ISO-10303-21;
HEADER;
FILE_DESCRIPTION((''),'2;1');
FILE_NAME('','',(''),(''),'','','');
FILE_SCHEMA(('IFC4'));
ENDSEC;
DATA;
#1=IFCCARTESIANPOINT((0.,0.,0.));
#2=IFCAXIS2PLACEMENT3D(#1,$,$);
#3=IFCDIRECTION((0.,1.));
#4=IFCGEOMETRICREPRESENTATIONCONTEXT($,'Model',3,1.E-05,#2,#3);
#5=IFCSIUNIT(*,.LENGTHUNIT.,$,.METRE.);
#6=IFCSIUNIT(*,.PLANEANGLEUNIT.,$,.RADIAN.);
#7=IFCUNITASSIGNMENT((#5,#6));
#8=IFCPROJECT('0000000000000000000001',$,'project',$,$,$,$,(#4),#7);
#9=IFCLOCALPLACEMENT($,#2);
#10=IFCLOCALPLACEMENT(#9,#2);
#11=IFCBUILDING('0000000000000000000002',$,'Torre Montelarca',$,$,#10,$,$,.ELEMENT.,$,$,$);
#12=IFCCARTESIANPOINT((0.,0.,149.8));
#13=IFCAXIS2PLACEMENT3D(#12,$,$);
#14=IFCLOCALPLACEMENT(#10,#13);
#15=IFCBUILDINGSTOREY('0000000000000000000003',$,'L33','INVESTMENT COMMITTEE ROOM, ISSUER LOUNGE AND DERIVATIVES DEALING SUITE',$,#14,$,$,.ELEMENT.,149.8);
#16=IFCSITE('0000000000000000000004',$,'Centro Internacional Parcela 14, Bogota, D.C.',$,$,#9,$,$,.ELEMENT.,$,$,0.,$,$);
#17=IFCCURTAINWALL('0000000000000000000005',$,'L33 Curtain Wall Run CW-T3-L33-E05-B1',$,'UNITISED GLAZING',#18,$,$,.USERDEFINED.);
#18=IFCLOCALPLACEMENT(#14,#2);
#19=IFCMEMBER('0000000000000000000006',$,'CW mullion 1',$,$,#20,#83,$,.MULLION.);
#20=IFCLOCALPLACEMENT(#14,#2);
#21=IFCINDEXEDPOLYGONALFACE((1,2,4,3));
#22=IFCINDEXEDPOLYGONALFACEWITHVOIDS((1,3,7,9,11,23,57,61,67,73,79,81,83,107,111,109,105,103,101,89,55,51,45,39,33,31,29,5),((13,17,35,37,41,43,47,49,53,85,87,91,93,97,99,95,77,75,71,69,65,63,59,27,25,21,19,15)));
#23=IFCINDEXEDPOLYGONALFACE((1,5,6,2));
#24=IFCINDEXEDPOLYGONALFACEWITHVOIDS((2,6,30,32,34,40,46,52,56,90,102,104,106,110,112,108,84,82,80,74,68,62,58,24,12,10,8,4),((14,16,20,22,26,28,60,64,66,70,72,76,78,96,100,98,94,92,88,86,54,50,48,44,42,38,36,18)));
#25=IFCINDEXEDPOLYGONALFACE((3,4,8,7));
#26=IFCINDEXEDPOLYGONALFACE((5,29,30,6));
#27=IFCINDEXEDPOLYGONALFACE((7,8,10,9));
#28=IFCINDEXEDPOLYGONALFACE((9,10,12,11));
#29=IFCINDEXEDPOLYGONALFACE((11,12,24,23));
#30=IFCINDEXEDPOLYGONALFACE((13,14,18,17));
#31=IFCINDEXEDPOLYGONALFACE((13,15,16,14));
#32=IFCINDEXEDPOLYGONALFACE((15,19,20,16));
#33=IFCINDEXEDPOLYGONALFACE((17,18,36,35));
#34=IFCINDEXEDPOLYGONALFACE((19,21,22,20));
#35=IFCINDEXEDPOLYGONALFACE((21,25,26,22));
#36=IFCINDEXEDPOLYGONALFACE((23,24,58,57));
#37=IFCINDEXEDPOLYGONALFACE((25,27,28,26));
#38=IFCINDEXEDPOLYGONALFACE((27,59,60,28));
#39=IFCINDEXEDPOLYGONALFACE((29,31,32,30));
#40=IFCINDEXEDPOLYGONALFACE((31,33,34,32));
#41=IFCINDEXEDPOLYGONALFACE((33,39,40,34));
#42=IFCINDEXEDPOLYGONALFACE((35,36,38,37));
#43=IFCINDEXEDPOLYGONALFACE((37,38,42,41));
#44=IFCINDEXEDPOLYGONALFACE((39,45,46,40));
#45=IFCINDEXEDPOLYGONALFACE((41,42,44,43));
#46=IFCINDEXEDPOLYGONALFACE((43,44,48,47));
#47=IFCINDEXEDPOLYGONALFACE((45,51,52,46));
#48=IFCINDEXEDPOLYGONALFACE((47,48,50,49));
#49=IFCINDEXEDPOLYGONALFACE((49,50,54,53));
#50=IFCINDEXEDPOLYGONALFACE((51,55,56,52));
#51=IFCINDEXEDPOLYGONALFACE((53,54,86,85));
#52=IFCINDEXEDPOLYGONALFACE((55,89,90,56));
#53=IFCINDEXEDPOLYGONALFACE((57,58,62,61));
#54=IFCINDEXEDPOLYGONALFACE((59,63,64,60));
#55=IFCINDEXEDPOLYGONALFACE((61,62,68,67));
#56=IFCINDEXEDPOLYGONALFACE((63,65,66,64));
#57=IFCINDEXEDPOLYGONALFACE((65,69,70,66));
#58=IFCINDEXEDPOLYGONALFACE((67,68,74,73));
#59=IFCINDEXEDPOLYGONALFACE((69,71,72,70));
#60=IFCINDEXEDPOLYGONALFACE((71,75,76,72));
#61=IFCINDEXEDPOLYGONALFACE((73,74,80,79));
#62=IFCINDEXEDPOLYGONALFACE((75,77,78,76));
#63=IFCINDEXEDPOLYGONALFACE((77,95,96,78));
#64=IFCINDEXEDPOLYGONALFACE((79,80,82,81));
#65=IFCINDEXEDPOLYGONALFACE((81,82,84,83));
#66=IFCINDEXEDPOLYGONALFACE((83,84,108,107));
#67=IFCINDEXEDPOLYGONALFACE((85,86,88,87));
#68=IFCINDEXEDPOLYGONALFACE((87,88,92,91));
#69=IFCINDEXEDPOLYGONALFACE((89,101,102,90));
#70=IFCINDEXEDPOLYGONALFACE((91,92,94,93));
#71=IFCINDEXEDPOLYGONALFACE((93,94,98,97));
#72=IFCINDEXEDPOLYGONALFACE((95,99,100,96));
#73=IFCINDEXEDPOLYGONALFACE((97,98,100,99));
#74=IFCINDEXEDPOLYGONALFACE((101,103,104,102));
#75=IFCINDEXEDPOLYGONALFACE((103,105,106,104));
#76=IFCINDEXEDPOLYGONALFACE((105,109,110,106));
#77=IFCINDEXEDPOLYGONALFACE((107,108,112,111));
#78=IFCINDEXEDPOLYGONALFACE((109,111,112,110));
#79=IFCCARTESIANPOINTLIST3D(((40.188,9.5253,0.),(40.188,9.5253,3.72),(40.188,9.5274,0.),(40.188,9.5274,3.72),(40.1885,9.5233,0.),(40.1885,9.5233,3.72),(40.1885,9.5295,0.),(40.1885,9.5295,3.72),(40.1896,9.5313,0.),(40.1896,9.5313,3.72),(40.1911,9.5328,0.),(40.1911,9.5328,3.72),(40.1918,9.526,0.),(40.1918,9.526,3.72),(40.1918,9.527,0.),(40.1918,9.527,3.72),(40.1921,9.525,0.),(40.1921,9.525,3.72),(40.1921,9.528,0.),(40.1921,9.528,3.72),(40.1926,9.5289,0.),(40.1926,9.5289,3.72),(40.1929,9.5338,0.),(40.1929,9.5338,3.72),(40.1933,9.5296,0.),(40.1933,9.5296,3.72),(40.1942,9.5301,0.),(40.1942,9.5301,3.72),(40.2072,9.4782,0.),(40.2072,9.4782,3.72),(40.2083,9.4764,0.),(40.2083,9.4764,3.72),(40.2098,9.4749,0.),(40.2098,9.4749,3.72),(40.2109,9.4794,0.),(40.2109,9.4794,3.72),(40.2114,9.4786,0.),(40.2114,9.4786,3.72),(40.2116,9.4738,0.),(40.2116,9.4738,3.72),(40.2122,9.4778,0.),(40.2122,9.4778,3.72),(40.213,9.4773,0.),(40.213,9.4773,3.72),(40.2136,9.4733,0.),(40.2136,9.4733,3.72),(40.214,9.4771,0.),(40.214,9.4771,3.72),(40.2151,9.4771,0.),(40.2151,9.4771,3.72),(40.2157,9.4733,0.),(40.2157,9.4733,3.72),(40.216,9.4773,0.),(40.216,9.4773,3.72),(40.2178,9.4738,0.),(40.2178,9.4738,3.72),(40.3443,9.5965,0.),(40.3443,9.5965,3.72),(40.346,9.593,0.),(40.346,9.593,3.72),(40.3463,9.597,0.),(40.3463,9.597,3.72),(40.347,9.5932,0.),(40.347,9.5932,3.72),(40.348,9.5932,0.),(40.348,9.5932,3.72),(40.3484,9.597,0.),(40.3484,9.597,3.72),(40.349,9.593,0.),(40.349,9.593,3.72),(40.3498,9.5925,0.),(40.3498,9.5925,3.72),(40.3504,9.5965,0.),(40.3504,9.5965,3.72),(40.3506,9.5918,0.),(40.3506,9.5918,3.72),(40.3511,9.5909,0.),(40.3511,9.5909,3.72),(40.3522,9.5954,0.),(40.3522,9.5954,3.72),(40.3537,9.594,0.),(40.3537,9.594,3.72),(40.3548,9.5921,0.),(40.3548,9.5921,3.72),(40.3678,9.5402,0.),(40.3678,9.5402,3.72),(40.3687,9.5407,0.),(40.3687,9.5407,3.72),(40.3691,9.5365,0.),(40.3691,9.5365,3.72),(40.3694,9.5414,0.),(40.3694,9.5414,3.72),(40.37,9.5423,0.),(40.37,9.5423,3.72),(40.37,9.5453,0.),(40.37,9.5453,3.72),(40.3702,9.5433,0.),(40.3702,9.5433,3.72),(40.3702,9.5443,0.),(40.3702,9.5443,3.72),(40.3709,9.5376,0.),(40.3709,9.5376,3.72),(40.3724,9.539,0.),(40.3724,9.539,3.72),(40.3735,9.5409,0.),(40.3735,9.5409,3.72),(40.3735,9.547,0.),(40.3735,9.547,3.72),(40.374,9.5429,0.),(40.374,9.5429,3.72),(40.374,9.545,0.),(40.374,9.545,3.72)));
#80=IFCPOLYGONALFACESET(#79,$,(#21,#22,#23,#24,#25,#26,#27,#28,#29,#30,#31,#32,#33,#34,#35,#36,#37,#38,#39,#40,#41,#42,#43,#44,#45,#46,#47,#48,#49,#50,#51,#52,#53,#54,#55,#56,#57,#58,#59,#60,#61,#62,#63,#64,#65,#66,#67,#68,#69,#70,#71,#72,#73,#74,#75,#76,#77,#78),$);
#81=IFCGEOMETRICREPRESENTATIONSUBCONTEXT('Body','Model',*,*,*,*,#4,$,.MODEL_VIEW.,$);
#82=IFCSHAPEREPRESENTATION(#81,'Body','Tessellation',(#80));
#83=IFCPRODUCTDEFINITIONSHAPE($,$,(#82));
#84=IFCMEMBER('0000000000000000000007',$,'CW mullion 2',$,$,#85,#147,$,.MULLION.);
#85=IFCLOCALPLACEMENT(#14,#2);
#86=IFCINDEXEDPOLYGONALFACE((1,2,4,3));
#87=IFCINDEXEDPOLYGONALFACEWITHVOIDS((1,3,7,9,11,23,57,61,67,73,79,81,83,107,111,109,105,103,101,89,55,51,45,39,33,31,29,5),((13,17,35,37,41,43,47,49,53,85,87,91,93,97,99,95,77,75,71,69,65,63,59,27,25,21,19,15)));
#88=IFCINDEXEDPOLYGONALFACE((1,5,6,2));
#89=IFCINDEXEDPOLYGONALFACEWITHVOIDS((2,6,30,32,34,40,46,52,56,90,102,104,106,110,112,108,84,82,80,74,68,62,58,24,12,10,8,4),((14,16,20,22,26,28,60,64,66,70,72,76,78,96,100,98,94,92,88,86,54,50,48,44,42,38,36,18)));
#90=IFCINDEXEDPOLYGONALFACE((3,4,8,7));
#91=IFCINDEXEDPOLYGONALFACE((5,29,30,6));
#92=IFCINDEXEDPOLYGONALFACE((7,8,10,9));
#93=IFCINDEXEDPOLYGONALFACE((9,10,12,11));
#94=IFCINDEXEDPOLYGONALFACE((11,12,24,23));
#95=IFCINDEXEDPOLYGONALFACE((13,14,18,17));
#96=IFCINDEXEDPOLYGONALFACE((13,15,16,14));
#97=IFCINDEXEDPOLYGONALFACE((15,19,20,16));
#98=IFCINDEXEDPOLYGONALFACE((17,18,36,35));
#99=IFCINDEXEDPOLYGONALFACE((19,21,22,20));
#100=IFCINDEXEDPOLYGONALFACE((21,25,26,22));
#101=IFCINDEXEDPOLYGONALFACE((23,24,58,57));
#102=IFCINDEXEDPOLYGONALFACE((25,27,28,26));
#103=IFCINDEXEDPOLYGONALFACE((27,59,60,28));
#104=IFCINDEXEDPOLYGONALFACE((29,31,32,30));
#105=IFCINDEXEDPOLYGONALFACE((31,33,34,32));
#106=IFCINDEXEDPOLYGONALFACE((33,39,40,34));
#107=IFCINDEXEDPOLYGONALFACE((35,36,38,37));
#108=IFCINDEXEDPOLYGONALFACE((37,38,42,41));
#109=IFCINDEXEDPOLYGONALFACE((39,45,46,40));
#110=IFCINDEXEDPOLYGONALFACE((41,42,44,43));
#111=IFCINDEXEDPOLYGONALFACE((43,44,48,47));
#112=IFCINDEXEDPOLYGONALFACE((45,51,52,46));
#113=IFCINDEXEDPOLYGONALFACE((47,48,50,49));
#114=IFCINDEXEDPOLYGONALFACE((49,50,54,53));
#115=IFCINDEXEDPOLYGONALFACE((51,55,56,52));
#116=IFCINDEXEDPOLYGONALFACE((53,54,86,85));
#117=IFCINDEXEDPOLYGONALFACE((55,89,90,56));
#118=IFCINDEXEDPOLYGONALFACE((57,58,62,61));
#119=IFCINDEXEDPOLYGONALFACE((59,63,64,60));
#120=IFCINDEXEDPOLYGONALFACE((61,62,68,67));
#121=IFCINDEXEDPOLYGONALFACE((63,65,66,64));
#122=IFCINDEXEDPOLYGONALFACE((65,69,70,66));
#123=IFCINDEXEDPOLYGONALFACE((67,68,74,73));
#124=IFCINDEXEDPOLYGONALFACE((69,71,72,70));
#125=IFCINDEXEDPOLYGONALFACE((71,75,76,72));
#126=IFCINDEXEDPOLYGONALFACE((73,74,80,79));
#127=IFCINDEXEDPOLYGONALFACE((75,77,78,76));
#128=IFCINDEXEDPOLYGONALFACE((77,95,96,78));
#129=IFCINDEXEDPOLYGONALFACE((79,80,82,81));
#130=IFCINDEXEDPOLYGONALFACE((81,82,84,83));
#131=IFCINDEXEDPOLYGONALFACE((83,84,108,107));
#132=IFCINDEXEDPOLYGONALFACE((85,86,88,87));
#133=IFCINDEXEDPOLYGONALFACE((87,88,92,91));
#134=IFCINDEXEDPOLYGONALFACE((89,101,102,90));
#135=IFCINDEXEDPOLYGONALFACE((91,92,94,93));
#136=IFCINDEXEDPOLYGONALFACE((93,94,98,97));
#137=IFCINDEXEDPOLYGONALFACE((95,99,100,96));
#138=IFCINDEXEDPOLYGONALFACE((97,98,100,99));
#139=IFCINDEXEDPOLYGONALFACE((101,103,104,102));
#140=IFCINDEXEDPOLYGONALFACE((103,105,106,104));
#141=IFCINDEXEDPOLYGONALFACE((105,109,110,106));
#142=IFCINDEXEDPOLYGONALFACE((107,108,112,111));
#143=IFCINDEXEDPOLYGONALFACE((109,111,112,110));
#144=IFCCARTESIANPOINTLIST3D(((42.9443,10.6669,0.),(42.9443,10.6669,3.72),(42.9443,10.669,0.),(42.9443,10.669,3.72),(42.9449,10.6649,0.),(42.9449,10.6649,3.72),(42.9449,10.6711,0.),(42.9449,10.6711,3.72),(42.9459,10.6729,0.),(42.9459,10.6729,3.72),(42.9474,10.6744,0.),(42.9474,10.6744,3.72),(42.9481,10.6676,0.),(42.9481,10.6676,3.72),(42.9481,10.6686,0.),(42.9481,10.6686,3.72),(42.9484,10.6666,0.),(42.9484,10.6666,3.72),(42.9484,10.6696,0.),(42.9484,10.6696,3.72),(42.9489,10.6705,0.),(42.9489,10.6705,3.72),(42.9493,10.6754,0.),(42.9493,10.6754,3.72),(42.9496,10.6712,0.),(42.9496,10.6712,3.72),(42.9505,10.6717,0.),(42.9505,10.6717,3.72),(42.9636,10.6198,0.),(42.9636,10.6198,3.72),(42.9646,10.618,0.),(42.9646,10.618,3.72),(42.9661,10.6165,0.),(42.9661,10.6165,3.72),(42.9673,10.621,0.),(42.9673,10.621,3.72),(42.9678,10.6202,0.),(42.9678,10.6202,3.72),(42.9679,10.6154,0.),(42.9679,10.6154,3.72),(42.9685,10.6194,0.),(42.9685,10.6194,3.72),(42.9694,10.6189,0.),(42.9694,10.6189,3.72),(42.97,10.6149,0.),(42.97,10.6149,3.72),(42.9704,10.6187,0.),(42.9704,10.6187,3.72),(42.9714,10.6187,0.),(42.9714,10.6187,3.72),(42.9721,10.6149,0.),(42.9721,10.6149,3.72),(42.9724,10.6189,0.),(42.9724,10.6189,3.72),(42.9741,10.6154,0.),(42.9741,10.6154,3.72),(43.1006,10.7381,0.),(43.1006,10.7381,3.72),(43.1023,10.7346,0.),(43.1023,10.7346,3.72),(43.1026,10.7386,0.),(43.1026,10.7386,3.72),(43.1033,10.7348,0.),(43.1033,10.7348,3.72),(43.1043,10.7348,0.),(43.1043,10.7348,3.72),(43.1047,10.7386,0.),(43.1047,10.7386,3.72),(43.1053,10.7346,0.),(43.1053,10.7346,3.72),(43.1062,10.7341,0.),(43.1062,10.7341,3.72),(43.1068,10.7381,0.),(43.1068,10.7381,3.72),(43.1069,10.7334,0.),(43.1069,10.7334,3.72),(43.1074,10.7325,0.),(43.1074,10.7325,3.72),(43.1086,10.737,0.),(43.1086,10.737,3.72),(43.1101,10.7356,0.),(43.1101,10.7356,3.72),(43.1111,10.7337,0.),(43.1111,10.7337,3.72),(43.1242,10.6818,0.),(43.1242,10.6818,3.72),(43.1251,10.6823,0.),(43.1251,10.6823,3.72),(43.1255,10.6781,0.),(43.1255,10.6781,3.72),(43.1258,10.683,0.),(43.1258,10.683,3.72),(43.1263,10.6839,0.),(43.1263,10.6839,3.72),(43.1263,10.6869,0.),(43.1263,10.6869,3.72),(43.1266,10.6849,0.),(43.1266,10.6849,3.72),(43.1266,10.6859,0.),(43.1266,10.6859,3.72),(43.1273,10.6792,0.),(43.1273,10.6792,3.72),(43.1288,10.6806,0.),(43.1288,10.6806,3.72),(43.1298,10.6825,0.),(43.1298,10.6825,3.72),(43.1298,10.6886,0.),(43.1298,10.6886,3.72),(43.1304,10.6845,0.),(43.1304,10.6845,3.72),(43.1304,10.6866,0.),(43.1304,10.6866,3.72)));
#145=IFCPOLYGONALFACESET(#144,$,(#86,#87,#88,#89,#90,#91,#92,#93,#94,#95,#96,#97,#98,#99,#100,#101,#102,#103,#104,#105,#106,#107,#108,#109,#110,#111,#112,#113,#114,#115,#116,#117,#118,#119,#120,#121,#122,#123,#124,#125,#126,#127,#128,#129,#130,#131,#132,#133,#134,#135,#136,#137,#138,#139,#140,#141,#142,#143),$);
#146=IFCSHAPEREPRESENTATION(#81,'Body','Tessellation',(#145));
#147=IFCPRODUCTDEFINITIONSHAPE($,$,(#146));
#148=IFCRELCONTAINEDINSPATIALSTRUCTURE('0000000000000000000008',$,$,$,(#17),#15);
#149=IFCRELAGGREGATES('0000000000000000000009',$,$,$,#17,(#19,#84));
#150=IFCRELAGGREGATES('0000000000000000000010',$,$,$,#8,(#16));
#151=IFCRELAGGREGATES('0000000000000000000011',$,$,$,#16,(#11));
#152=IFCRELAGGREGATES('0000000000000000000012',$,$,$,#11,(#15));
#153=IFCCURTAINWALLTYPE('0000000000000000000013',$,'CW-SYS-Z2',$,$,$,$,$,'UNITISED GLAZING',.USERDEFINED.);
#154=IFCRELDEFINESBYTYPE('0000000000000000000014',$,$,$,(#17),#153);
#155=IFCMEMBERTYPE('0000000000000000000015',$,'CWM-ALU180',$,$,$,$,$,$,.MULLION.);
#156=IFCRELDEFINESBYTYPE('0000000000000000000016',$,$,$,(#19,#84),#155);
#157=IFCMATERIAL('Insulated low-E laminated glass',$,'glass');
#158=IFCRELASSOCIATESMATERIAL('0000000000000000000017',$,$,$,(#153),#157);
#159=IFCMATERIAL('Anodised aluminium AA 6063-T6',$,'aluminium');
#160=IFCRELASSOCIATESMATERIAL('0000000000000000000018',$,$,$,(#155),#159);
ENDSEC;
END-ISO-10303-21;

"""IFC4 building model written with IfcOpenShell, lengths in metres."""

from ifc_helpers import new_model, si_unit, direction, frame, origin, origin_2d, place, context, subcontext, project, spatial, hollow_rectangle, extrude, source, transform, mapped, material, material_profile, profile_set, type_object, element, aggregate, save


model = new_model("IFC4")

# Units and contexts
model_context = context("Model", 3, precision=1e-05, world=origin(), true_north=direction((0.0, 1.0)))
body_context = subcontext(model_context, "Body", "Model", "MODEL_VIEW")
ifc_project = project(units=[si_unit("LENGTHUNIT", "METRE"), si_unit("PLANEANGLEUNIT", "RADIAN")], contexts=[model_context])

# Site, building, storey
site_placement = place(None, origin())
site = spatial("IfcSite", under=ifc_project, at=site_placement, Name="Centro Internacional Parcela 14, Bogota, D.C.", CompositionType="ELEMENT", RefElevation=0.0)
building_placement = place(site_placement, origin())
building = spatial("IfcBuilding", under=site, at=building_placement, Name="Torre Montelarca", CompositionType="ELEMENT")
storey_placement = place(building_placement, frame((0.0, 0.0, 149.8)))
storey = spatial("IfcBuildingStorey", under=building, at=storey_placement, Name="L33", Description="INVESTMENT COMMITTEE ROOM, ISSUER LOUNGE AND DERIVATIVES DEALING SUITE", CompositionType="ELEMENT", Elevation=149.8)

# Curtain wall
ifc_material_1 = material(Name="Insulated low-E laminated glass", Category="glass")
curtain_wall_type = type_object("IfcCurtainWallType", Name="CW-SYS-Z2", ElementType="UNITISED GLAZING", PredefinedType="USERDEFINED", material=ifc_material_1)
curtain_wall_1_placement = place(storey_placement, origin())
curtain_wall_1 = element("IfcCurtainWall", 1, at=curtain_wall_1_placement, inside=storey, type_object=curtain_wall_type, Name="L33 Curtain Wall Run CW-T3-L33-E05-B1", ObjectType="UNITISED GLAZING", PredefinedType="USERDEFINED")
ifc_material_2 = material(Name="Anodised aluminium AA 6063-T6", Category="aluminium")
ifc_material_profile_1 = material_profile(ifc_material_2, hollow_rectangle(XDim=0.0649, YDim=0.1799, WallThickness=0.0039, InnerFilletRadius=0.0039, OuterFilletRadius=0.0081, at=origin_2d()), Name="ALU65X180X4", Category="aluminium")
ifc_profile_set_1 = profile_set([ifc_material_profile_1], Name="Anodised aluminium AA 6063-T6")
member_type_1 = type_object("IfcMemberType", Name="CWM-ALU180", PredefinedType="MULLION", material=ifc_profile_set_1)
shared_shape_1 = source(origin(), body_context, "Body", "SweptSolid", [
    extrude(hollow_rectangle(XDim=0.0649, YDim=0.1799, WallThickness=0.0039, InnerFilletRadius=0.0039, OuterFilletRadius=0.0081, at=origin_2d()), origin(), (0.0, 0.0, 1.0), 3.72),
])

# Members
member_1_placement = place(storey_placement, frame((40.281, 9.5352, 0.0), z_axis=(0.0, 0.0, 1.0), x_axis=(-0.382662, 0.923889, 0.0)))
member_1 = element("IfcMember", 2, at=member_1_placement, type_object=member_type_1, Name="CW mullion 1", PredefinedType="MULLION", context=body_context, shape_type="MappedRepresentation", body=[
    mapped(shared_shape_1, transform((0.0, 0.0, 0.0), scale=1.0)),
])
member_2_placement = place(storey_placement, frame((43.0374, 10.6768, 0.0), z_axis=(0.0, 0.0, 1.0), x_axis=(-0.382662, 0.923889, 0.0)))
member_2 = element("IfcMember", 3, at=member_2_placement, type_object=member_type_1, Name="CW mullion 2", PredefinedType="MULLION", context=body_context, shape_type="MappedRepresentation", body=[
    mapped(shared_shape_1, transform((0.0, 0.0, 0.0), scale=1.0)),
])

aggregate(curtain_wall_1, [member_1, member_2])

save(model, "model.ifc")
